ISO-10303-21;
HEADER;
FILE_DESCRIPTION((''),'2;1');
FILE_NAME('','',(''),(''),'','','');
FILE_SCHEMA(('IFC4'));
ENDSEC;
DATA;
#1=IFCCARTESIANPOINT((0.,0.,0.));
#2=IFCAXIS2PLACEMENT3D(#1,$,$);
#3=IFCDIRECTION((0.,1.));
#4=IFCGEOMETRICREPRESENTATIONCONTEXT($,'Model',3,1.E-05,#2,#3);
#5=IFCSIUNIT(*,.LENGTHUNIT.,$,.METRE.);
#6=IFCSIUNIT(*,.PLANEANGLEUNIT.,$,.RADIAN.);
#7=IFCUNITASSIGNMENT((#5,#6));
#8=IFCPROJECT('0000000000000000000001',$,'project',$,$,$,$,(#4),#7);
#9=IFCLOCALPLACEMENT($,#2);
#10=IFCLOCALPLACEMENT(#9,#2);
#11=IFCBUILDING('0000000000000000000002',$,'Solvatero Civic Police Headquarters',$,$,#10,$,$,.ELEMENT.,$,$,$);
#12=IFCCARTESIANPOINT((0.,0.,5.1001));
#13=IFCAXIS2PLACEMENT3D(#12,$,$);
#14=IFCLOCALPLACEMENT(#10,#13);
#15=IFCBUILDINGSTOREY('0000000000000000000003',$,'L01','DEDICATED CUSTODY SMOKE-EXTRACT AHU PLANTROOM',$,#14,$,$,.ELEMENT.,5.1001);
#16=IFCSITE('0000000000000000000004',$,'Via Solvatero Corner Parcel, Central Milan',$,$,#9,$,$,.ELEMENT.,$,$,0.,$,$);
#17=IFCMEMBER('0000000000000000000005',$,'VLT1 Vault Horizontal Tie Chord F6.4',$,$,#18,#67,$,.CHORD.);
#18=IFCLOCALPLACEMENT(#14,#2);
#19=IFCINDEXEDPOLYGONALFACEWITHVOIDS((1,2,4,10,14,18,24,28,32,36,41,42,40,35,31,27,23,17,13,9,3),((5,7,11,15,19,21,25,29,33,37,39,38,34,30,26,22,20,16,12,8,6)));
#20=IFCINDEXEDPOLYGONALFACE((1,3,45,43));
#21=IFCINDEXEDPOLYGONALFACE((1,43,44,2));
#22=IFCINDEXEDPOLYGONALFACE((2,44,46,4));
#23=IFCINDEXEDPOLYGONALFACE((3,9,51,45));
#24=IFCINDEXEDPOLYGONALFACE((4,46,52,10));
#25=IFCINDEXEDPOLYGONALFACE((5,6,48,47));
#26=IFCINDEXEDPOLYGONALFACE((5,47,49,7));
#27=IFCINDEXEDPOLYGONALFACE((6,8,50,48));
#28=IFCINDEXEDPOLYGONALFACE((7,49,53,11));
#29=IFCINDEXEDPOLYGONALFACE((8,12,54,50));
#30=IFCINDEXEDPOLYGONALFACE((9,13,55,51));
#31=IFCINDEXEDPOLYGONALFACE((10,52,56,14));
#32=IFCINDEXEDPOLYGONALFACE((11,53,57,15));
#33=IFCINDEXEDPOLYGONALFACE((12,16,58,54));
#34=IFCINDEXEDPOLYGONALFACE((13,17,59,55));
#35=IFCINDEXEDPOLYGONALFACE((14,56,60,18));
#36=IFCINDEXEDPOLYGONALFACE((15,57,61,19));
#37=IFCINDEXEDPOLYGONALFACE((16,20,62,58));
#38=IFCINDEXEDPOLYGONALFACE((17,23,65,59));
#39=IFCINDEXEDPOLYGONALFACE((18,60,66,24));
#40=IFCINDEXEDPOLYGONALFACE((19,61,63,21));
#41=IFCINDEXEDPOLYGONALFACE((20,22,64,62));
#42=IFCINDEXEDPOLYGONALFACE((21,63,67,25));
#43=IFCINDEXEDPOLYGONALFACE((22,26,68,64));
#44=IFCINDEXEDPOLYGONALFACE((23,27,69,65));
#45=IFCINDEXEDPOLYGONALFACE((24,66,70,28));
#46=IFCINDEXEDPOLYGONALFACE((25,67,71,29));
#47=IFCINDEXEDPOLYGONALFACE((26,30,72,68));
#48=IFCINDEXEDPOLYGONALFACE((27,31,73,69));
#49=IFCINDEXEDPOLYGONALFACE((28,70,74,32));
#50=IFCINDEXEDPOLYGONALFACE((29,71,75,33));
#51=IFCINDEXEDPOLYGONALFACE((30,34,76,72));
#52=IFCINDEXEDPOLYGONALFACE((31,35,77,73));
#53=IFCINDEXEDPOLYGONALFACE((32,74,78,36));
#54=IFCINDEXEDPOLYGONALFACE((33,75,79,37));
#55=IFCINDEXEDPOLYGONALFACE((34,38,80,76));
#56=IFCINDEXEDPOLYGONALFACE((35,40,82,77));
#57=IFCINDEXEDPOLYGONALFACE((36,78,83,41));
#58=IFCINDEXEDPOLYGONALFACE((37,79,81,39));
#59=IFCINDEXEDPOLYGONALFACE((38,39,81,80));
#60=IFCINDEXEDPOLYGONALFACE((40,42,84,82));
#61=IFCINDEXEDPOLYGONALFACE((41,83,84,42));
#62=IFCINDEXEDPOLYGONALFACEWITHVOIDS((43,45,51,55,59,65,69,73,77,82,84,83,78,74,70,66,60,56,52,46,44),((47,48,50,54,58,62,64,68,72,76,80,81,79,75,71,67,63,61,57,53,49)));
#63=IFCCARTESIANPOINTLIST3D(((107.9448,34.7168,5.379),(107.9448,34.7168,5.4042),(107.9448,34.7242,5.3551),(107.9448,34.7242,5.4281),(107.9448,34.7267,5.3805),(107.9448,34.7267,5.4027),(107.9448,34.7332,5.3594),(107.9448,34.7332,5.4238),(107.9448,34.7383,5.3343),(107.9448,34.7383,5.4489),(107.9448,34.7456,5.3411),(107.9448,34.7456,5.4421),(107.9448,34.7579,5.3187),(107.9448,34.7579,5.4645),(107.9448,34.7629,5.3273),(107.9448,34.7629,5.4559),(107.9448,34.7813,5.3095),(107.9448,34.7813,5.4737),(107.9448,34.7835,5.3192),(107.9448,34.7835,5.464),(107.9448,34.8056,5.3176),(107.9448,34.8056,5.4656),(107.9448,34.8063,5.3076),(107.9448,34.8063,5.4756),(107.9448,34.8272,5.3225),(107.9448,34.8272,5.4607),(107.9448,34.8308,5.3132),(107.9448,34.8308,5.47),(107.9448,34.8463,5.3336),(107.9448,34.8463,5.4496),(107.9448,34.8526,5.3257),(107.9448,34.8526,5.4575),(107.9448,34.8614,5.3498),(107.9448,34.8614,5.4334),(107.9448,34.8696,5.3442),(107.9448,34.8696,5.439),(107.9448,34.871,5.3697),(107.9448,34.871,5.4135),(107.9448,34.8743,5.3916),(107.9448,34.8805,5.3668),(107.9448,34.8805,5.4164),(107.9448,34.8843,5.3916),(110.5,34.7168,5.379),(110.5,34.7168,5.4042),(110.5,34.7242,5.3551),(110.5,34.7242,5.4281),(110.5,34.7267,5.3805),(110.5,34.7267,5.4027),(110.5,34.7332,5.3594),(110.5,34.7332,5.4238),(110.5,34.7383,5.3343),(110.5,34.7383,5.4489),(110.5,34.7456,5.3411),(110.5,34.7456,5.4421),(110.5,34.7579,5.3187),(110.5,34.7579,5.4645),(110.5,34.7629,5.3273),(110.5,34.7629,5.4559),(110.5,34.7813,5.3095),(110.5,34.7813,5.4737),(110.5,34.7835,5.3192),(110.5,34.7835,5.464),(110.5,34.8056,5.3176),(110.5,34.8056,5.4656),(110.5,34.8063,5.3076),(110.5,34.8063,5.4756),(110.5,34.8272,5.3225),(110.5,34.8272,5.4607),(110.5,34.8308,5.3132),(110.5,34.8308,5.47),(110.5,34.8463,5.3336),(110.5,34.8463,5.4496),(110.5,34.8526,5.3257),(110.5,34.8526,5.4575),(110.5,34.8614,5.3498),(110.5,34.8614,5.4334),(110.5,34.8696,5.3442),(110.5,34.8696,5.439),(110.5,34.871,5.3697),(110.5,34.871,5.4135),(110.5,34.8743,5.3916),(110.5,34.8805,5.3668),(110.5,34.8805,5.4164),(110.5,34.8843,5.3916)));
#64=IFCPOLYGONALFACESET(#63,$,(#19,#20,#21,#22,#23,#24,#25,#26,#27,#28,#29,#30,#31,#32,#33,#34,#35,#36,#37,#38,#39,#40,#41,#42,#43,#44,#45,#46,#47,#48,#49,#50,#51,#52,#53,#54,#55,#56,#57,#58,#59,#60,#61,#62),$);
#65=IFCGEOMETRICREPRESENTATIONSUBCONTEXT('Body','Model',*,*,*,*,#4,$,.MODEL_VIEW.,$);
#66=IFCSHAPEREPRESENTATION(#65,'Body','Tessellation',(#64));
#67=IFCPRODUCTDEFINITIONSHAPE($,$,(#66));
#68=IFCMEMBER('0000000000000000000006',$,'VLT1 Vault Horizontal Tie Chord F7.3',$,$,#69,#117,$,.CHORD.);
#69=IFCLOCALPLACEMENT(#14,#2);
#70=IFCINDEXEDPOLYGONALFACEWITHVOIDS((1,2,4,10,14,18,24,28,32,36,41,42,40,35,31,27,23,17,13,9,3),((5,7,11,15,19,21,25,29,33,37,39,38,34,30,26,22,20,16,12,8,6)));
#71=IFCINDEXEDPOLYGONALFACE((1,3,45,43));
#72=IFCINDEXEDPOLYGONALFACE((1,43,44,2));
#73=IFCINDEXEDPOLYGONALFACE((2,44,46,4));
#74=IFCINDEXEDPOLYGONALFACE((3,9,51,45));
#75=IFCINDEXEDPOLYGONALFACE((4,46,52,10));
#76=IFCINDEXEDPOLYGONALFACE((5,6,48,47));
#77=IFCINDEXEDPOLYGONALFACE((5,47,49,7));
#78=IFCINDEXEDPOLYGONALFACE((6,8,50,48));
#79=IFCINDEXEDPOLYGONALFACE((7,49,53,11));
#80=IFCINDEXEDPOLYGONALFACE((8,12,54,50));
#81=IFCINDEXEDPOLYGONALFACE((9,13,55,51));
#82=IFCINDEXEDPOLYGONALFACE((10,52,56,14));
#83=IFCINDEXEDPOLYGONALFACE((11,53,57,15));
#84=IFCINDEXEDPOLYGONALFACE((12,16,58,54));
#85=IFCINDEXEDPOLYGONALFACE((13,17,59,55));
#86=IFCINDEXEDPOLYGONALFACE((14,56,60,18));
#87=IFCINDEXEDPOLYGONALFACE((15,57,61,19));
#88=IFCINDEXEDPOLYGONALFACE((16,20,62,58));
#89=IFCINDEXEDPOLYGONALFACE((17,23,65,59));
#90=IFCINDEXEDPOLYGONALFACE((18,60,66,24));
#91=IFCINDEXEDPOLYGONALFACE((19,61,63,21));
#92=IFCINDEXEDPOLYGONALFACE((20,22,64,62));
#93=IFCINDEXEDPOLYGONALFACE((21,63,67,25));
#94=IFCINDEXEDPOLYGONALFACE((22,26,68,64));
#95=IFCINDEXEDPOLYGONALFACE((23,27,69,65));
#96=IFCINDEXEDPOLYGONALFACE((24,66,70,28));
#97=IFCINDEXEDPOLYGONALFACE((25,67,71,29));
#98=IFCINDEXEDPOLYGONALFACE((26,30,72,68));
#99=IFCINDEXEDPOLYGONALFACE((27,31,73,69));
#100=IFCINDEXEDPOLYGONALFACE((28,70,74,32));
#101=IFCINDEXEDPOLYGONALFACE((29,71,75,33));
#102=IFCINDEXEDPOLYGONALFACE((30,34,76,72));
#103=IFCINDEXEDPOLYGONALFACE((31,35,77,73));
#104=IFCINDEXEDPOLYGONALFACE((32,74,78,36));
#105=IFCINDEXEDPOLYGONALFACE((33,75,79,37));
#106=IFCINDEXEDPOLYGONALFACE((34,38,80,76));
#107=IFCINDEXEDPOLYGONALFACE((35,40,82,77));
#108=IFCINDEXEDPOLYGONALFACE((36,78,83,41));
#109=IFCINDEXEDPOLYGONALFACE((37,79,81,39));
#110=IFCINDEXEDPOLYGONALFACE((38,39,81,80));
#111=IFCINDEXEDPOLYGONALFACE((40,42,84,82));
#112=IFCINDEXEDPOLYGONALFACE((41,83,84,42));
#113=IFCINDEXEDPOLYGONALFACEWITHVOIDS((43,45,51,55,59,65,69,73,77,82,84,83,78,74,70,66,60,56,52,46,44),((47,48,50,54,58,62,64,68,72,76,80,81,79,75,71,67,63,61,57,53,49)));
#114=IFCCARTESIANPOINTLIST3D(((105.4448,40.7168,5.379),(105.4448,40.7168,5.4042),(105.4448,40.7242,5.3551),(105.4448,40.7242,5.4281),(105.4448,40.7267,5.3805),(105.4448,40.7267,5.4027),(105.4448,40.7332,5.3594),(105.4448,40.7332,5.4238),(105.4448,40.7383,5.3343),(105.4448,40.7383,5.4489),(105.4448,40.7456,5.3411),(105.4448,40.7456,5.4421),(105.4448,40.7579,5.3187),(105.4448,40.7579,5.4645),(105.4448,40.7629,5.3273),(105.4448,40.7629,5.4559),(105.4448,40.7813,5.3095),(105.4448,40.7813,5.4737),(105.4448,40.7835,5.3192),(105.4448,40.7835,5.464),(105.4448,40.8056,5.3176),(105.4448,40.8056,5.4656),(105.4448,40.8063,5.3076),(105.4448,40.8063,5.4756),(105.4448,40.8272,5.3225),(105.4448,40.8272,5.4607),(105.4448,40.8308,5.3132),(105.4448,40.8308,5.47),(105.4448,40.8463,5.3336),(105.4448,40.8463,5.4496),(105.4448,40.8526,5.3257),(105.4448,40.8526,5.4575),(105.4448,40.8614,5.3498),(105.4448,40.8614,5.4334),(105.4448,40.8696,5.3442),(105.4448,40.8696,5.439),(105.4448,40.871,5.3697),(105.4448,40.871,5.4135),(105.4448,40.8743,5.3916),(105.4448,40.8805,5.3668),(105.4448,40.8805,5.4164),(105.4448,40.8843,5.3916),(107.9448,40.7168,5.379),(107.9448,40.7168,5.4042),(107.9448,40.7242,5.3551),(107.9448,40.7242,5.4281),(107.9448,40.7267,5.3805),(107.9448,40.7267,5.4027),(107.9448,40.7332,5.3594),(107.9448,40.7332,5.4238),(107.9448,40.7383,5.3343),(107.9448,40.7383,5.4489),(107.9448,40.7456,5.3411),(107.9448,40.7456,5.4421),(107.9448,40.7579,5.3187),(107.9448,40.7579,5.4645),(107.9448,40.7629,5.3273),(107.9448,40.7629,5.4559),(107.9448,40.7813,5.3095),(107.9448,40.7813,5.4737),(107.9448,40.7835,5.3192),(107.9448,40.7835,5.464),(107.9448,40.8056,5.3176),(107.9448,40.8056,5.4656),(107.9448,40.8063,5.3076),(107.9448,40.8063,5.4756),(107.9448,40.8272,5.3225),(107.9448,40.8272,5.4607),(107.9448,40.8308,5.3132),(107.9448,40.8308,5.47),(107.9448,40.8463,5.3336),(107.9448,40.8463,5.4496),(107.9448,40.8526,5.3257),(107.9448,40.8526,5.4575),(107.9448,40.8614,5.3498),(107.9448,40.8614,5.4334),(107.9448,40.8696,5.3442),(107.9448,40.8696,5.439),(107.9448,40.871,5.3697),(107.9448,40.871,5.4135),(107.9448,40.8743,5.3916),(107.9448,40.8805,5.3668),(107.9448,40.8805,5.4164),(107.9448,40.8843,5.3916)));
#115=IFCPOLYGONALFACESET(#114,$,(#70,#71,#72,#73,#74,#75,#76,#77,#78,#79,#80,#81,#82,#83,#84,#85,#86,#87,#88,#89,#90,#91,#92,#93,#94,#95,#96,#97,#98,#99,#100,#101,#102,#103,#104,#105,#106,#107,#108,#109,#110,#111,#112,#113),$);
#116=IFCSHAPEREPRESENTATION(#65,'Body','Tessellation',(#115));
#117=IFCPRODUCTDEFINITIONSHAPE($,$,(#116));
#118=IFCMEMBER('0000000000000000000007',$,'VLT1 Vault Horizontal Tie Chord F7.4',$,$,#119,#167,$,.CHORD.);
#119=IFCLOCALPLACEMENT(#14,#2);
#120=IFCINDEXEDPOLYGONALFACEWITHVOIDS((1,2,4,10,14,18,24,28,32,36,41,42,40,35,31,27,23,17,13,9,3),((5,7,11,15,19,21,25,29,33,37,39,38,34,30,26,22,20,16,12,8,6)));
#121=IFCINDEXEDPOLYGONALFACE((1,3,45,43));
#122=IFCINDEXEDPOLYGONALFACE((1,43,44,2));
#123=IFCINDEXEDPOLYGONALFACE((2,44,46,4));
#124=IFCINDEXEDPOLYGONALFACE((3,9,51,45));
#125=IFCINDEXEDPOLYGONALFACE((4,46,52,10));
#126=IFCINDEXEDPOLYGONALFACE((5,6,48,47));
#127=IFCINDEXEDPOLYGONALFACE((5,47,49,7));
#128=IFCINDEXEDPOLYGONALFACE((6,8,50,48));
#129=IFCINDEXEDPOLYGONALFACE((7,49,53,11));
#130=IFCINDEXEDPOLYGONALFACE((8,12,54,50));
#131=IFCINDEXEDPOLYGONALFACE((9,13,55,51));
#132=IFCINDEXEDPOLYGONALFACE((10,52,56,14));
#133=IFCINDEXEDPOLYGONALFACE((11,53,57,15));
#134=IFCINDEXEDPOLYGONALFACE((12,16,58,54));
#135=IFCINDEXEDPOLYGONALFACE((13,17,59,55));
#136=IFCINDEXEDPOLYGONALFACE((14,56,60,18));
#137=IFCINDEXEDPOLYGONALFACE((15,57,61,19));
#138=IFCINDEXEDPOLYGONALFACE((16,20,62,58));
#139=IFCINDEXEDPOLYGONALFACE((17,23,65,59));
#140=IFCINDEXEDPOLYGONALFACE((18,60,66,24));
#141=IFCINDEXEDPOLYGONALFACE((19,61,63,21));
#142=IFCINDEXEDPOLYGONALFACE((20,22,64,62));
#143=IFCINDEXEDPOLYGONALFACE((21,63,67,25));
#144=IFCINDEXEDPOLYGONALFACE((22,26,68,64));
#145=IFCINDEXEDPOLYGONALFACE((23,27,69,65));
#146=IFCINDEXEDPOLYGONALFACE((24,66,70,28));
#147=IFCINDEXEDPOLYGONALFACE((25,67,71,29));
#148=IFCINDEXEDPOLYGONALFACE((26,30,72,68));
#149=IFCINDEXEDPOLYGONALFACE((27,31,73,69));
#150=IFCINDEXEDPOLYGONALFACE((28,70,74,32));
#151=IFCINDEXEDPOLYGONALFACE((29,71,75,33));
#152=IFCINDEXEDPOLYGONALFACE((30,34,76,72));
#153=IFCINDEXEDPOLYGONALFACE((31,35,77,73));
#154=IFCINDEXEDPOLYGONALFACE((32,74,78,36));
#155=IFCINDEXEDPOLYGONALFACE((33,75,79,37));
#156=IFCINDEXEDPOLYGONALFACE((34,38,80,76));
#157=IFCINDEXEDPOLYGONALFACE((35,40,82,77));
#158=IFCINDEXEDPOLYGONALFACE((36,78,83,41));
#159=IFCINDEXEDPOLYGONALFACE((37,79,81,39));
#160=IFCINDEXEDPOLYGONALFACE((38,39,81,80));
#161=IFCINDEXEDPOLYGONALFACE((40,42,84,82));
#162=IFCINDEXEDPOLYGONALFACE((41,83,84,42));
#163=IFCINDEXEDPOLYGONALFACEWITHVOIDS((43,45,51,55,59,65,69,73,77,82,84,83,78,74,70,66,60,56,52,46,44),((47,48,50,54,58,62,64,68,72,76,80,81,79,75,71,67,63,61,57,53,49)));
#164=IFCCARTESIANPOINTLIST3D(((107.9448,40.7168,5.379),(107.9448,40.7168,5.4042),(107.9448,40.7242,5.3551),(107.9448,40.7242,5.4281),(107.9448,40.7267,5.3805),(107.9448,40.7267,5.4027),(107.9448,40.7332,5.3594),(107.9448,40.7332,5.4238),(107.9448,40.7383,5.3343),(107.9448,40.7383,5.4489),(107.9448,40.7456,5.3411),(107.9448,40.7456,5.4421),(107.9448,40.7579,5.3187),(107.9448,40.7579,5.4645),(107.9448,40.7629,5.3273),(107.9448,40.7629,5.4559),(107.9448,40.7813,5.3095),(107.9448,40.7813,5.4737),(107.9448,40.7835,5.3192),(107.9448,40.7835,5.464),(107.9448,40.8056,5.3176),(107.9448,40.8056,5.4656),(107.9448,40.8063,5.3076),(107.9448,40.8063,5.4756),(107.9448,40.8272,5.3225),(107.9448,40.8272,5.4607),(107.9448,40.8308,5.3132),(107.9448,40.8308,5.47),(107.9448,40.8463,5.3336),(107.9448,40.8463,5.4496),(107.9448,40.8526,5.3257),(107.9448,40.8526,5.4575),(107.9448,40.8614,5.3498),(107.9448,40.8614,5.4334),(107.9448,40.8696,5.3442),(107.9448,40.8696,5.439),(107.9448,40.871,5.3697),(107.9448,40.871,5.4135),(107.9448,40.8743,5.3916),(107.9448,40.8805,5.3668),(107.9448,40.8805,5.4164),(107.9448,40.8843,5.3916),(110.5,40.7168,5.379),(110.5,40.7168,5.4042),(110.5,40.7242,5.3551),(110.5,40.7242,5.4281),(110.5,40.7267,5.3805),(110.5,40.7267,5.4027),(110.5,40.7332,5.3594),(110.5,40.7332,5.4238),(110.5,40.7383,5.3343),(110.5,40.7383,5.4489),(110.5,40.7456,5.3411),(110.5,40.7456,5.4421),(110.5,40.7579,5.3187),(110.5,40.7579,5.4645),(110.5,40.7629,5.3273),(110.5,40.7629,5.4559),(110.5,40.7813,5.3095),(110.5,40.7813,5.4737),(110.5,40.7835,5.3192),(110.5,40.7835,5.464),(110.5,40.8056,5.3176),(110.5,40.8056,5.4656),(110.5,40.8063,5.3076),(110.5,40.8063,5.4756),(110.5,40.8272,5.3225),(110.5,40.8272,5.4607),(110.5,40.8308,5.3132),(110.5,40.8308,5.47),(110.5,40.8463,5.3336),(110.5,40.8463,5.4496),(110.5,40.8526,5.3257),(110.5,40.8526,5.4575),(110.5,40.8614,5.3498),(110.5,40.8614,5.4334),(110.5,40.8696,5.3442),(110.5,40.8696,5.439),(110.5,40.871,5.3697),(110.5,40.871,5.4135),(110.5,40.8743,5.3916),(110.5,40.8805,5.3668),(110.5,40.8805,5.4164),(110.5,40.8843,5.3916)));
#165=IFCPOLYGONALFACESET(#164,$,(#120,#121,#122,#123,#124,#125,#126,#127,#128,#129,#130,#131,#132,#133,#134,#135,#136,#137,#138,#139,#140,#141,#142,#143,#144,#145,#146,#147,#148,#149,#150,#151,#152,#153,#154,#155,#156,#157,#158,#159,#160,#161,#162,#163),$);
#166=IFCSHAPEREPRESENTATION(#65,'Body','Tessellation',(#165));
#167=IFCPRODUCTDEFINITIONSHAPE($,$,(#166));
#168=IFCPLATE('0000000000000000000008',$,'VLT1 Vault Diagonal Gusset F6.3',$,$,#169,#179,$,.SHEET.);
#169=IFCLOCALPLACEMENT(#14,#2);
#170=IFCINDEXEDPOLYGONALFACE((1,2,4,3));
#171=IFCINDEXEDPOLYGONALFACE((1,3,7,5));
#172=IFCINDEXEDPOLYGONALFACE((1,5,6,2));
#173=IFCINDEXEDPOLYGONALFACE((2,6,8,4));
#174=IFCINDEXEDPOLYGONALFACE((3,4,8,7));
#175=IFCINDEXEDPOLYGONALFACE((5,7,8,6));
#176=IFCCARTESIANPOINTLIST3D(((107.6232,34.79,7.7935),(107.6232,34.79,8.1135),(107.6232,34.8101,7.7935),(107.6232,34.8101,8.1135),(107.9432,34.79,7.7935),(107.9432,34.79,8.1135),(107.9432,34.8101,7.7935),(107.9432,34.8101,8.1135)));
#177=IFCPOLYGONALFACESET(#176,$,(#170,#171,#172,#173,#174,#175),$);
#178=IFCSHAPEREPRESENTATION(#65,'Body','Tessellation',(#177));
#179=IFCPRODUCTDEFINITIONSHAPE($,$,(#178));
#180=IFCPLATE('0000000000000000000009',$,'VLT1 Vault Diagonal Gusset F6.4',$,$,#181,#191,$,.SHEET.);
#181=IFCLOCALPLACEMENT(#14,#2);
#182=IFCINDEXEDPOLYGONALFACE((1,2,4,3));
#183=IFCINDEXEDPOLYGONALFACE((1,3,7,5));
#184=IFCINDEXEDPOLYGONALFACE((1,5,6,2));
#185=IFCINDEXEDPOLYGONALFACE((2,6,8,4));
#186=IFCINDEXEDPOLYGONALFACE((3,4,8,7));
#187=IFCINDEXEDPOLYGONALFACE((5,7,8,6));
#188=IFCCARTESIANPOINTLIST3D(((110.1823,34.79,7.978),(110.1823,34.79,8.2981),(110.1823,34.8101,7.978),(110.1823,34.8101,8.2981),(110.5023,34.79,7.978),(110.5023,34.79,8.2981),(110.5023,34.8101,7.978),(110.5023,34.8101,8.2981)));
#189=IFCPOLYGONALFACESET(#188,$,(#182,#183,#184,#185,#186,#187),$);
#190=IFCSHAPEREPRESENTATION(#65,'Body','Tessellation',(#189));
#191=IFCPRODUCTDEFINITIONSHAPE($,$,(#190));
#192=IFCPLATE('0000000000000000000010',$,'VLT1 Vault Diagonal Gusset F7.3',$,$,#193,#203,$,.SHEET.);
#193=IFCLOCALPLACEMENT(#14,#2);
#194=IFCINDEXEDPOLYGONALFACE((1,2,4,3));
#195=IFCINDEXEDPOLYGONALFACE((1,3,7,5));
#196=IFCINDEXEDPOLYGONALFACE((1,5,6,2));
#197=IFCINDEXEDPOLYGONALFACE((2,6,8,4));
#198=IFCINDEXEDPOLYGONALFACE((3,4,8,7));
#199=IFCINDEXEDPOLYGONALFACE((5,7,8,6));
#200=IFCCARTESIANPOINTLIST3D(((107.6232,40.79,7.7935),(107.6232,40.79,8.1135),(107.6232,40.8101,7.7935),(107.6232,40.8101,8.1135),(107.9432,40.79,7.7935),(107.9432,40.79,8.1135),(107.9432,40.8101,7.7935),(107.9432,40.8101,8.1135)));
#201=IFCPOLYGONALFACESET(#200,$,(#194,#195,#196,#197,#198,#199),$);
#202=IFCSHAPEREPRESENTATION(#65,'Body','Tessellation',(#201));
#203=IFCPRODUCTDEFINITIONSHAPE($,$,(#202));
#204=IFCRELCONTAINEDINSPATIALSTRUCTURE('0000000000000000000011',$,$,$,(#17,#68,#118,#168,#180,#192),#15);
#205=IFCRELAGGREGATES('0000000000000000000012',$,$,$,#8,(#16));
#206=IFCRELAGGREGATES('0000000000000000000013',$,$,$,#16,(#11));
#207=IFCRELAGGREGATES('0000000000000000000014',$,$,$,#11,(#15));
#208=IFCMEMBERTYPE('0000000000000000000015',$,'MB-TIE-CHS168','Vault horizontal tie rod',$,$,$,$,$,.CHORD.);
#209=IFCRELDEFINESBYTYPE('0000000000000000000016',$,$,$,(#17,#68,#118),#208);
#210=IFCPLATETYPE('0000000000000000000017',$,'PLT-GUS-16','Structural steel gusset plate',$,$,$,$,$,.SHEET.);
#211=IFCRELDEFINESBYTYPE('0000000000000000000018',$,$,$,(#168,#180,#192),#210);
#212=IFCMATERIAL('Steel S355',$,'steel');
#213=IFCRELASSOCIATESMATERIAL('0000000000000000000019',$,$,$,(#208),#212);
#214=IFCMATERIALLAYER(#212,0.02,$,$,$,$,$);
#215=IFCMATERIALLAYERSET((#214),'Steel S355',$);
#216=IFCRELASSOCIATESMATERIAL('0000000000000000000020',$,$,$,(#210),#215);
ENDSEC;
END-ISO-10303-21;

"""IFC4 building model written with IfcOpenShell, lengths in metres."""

from ifc_helpers import new_model, si_unit, direction, frame, origin, origin_2d, place, context, subcontext, project, spatial, rectangle, hollow_circle, extrude, material, layer, layer_set, material_profile, profile_set, type_object, element, save


model = new_model("IFC4")

# Units and contexts
model_context = context("Model", 3, precision=1e-05, world=origin(), true_north=direction((0.0, 1.0)))
body_context = subcontext(model_context, "Body", "Model", "MODEL_VIEW")
ifc_project = project(units=[si_unit("LENGTHUNIT", "METRE"), si_unit("PLANEANGLEUNIT", "RADIAN")], contexts=[model_context])

# Site, building, storey
site_placement = place(None, origin())
site = spatial("IfcSite", under=ifc_project, at=site_placement, Name="Via Solvatero Corner Parcel, Central Milan", CompositionType="ELEMENT", RefElevation=0.0)
building_placement = place(site_placement, origin())
building = spatial("IfcBuilding", under=site, at=building_placement, Name="Solvatero Civic Police Headquarters", CompositionType="ELEMENT")
storey_placement = place(building_placement, frame((0.0, 0.0, 5.1001)))
storey = spatial("IfcBuildingStorey", under=building, at=storey_placement, Name="L01", Description="DEDICATED CUSTODY SMOKE-EXTRACT AHU PLANTROOM", CompositionType="ELEMENT", Elevation=5.1001)

# Shared definitions
ifc_material = material(Name="Steel S355", Category="steel")

# Members
ifc_material_profile_1 = material_profile(ifc_material, hollow_circle(Radius=0.0842, WallThickness=0.01, at=origin_2d()), Name="CHS 168.3x10.0")
ifc_profile_set_1 = profile_set([ifc_material_profile_1], Name="Steel S355")
member_type_1 = type_object("IfcMemberType", Name="MB-TIE-CHS168", Description="Vault horizontal tie rod", PredefinedType="CHORD", material=ifc_profile_set_1)
member_1_placement = place(storey_placement, frame((107.9448, 34.8, 5.3916), z_axis=(1.0, 0.0, 0.0), x_axis=(0.0, 1.0, 0.0)))
element("IfcMember", 1, at=member_1_placement, inside=storey, type_object=member_type_1, Name="VLT1 Vault Horizontal Tie Chord F6.4", PredefinedType="CHORD", context=body_context, shape_type="SweptSolid", body=[
    extrude(hollow_circle(Radius=0.0842, WallThickness=0.01, at=origin_2d()), origin(), (0.0, 0.0, 1.0), 2.5552),
])
member_2_placement = place(storey_placement, frame((105.4448, 40.8, 5.3916), z_axis=(1.0, 0.0, 0.0), x_axis=(0.0, 1.0, 0.0)))
element("IfcMember", 2, at=member_2_placement, inside=storey, type_object=member_type_1, Name="VLT1 Vault Horizontal Tie Chord F7.3", PredefinedType="CHORD", context=body_context, shape_type="SweptSolid", body=[
    extrude(hollow_circle(Radius=0.0842, WallThickness=0.01, at=origin_2d()), origin(), (0.0, 0.0, 1.0), 2.5),
])
member_3_placement = place(storey_placement, frame((107.9448, 40.8, 5.3916), z_axis=(1.0, 0.0, 0.0), x_axis=(0.0, 1.0, 0.0)))
element("IfcMember", 3, at=member_3_placement, inside=storey, type_object=member_type_1, Name="VLT1 Vault Horizontal Tie Chord F7.4", PredefinedType="CHORD", context=body_context, shape_type="SweptSolid", body=[
    extrude(hollow_circle(Radius=0.0842, WallThickness=0.01, at=origin_2d()), origin(), (0.0, 0.0, 1.0), 2.5552),
])

# Plates
ifc_layer = layer(ifc_material, 0.02)
ifc_layer_set = layer_set([ifc_layer], Name="Steel S355")
plate_type = type_object("IfcPlateType", Name="PLT-GUS-16", Description="Structural steel gusset plate", PredefinedType="SHEET", material=ifc_layer_set)
for number, where, z_axis, x_axis, name in (
    (4, (107.7832, 34.8, 7.7935), (0.0, 0.0, 1.0), (1.0, 0.0, 0.0), "VLT1 Vault Diagonal Gusset F6.3"),
    (5, (110.3423, 34.8, 7.978), (0.0, 0.0, 1.0), (1.0, 0.0, 0.0), "VLT1 Vault Diagonal Gusset F6.4"),
    (6, (107.7832, 40.8, 7.7935), (0.0, 0.0, 1.0), (1.0, 0.0, 0.0), "VLT1 Vault Diagonal Gusset F7.3"),
):
    element("IfcPlate", number, at=place(storey_placement, frame(where, z_axis=z_axis, x_axis=x_axis)), inside=storey, type_object=plate_type, Name=name, PredefinedType="SHEET", context=body_context, shape_type="SweptSolid", body=[
        extrude(rectangle(XDim=0.3201, YDim=0.02, at=origin_2d()), origin(), (0.0, 0.0, 1.0), 0.3201),
    ])

save(model, "model.ifc")
